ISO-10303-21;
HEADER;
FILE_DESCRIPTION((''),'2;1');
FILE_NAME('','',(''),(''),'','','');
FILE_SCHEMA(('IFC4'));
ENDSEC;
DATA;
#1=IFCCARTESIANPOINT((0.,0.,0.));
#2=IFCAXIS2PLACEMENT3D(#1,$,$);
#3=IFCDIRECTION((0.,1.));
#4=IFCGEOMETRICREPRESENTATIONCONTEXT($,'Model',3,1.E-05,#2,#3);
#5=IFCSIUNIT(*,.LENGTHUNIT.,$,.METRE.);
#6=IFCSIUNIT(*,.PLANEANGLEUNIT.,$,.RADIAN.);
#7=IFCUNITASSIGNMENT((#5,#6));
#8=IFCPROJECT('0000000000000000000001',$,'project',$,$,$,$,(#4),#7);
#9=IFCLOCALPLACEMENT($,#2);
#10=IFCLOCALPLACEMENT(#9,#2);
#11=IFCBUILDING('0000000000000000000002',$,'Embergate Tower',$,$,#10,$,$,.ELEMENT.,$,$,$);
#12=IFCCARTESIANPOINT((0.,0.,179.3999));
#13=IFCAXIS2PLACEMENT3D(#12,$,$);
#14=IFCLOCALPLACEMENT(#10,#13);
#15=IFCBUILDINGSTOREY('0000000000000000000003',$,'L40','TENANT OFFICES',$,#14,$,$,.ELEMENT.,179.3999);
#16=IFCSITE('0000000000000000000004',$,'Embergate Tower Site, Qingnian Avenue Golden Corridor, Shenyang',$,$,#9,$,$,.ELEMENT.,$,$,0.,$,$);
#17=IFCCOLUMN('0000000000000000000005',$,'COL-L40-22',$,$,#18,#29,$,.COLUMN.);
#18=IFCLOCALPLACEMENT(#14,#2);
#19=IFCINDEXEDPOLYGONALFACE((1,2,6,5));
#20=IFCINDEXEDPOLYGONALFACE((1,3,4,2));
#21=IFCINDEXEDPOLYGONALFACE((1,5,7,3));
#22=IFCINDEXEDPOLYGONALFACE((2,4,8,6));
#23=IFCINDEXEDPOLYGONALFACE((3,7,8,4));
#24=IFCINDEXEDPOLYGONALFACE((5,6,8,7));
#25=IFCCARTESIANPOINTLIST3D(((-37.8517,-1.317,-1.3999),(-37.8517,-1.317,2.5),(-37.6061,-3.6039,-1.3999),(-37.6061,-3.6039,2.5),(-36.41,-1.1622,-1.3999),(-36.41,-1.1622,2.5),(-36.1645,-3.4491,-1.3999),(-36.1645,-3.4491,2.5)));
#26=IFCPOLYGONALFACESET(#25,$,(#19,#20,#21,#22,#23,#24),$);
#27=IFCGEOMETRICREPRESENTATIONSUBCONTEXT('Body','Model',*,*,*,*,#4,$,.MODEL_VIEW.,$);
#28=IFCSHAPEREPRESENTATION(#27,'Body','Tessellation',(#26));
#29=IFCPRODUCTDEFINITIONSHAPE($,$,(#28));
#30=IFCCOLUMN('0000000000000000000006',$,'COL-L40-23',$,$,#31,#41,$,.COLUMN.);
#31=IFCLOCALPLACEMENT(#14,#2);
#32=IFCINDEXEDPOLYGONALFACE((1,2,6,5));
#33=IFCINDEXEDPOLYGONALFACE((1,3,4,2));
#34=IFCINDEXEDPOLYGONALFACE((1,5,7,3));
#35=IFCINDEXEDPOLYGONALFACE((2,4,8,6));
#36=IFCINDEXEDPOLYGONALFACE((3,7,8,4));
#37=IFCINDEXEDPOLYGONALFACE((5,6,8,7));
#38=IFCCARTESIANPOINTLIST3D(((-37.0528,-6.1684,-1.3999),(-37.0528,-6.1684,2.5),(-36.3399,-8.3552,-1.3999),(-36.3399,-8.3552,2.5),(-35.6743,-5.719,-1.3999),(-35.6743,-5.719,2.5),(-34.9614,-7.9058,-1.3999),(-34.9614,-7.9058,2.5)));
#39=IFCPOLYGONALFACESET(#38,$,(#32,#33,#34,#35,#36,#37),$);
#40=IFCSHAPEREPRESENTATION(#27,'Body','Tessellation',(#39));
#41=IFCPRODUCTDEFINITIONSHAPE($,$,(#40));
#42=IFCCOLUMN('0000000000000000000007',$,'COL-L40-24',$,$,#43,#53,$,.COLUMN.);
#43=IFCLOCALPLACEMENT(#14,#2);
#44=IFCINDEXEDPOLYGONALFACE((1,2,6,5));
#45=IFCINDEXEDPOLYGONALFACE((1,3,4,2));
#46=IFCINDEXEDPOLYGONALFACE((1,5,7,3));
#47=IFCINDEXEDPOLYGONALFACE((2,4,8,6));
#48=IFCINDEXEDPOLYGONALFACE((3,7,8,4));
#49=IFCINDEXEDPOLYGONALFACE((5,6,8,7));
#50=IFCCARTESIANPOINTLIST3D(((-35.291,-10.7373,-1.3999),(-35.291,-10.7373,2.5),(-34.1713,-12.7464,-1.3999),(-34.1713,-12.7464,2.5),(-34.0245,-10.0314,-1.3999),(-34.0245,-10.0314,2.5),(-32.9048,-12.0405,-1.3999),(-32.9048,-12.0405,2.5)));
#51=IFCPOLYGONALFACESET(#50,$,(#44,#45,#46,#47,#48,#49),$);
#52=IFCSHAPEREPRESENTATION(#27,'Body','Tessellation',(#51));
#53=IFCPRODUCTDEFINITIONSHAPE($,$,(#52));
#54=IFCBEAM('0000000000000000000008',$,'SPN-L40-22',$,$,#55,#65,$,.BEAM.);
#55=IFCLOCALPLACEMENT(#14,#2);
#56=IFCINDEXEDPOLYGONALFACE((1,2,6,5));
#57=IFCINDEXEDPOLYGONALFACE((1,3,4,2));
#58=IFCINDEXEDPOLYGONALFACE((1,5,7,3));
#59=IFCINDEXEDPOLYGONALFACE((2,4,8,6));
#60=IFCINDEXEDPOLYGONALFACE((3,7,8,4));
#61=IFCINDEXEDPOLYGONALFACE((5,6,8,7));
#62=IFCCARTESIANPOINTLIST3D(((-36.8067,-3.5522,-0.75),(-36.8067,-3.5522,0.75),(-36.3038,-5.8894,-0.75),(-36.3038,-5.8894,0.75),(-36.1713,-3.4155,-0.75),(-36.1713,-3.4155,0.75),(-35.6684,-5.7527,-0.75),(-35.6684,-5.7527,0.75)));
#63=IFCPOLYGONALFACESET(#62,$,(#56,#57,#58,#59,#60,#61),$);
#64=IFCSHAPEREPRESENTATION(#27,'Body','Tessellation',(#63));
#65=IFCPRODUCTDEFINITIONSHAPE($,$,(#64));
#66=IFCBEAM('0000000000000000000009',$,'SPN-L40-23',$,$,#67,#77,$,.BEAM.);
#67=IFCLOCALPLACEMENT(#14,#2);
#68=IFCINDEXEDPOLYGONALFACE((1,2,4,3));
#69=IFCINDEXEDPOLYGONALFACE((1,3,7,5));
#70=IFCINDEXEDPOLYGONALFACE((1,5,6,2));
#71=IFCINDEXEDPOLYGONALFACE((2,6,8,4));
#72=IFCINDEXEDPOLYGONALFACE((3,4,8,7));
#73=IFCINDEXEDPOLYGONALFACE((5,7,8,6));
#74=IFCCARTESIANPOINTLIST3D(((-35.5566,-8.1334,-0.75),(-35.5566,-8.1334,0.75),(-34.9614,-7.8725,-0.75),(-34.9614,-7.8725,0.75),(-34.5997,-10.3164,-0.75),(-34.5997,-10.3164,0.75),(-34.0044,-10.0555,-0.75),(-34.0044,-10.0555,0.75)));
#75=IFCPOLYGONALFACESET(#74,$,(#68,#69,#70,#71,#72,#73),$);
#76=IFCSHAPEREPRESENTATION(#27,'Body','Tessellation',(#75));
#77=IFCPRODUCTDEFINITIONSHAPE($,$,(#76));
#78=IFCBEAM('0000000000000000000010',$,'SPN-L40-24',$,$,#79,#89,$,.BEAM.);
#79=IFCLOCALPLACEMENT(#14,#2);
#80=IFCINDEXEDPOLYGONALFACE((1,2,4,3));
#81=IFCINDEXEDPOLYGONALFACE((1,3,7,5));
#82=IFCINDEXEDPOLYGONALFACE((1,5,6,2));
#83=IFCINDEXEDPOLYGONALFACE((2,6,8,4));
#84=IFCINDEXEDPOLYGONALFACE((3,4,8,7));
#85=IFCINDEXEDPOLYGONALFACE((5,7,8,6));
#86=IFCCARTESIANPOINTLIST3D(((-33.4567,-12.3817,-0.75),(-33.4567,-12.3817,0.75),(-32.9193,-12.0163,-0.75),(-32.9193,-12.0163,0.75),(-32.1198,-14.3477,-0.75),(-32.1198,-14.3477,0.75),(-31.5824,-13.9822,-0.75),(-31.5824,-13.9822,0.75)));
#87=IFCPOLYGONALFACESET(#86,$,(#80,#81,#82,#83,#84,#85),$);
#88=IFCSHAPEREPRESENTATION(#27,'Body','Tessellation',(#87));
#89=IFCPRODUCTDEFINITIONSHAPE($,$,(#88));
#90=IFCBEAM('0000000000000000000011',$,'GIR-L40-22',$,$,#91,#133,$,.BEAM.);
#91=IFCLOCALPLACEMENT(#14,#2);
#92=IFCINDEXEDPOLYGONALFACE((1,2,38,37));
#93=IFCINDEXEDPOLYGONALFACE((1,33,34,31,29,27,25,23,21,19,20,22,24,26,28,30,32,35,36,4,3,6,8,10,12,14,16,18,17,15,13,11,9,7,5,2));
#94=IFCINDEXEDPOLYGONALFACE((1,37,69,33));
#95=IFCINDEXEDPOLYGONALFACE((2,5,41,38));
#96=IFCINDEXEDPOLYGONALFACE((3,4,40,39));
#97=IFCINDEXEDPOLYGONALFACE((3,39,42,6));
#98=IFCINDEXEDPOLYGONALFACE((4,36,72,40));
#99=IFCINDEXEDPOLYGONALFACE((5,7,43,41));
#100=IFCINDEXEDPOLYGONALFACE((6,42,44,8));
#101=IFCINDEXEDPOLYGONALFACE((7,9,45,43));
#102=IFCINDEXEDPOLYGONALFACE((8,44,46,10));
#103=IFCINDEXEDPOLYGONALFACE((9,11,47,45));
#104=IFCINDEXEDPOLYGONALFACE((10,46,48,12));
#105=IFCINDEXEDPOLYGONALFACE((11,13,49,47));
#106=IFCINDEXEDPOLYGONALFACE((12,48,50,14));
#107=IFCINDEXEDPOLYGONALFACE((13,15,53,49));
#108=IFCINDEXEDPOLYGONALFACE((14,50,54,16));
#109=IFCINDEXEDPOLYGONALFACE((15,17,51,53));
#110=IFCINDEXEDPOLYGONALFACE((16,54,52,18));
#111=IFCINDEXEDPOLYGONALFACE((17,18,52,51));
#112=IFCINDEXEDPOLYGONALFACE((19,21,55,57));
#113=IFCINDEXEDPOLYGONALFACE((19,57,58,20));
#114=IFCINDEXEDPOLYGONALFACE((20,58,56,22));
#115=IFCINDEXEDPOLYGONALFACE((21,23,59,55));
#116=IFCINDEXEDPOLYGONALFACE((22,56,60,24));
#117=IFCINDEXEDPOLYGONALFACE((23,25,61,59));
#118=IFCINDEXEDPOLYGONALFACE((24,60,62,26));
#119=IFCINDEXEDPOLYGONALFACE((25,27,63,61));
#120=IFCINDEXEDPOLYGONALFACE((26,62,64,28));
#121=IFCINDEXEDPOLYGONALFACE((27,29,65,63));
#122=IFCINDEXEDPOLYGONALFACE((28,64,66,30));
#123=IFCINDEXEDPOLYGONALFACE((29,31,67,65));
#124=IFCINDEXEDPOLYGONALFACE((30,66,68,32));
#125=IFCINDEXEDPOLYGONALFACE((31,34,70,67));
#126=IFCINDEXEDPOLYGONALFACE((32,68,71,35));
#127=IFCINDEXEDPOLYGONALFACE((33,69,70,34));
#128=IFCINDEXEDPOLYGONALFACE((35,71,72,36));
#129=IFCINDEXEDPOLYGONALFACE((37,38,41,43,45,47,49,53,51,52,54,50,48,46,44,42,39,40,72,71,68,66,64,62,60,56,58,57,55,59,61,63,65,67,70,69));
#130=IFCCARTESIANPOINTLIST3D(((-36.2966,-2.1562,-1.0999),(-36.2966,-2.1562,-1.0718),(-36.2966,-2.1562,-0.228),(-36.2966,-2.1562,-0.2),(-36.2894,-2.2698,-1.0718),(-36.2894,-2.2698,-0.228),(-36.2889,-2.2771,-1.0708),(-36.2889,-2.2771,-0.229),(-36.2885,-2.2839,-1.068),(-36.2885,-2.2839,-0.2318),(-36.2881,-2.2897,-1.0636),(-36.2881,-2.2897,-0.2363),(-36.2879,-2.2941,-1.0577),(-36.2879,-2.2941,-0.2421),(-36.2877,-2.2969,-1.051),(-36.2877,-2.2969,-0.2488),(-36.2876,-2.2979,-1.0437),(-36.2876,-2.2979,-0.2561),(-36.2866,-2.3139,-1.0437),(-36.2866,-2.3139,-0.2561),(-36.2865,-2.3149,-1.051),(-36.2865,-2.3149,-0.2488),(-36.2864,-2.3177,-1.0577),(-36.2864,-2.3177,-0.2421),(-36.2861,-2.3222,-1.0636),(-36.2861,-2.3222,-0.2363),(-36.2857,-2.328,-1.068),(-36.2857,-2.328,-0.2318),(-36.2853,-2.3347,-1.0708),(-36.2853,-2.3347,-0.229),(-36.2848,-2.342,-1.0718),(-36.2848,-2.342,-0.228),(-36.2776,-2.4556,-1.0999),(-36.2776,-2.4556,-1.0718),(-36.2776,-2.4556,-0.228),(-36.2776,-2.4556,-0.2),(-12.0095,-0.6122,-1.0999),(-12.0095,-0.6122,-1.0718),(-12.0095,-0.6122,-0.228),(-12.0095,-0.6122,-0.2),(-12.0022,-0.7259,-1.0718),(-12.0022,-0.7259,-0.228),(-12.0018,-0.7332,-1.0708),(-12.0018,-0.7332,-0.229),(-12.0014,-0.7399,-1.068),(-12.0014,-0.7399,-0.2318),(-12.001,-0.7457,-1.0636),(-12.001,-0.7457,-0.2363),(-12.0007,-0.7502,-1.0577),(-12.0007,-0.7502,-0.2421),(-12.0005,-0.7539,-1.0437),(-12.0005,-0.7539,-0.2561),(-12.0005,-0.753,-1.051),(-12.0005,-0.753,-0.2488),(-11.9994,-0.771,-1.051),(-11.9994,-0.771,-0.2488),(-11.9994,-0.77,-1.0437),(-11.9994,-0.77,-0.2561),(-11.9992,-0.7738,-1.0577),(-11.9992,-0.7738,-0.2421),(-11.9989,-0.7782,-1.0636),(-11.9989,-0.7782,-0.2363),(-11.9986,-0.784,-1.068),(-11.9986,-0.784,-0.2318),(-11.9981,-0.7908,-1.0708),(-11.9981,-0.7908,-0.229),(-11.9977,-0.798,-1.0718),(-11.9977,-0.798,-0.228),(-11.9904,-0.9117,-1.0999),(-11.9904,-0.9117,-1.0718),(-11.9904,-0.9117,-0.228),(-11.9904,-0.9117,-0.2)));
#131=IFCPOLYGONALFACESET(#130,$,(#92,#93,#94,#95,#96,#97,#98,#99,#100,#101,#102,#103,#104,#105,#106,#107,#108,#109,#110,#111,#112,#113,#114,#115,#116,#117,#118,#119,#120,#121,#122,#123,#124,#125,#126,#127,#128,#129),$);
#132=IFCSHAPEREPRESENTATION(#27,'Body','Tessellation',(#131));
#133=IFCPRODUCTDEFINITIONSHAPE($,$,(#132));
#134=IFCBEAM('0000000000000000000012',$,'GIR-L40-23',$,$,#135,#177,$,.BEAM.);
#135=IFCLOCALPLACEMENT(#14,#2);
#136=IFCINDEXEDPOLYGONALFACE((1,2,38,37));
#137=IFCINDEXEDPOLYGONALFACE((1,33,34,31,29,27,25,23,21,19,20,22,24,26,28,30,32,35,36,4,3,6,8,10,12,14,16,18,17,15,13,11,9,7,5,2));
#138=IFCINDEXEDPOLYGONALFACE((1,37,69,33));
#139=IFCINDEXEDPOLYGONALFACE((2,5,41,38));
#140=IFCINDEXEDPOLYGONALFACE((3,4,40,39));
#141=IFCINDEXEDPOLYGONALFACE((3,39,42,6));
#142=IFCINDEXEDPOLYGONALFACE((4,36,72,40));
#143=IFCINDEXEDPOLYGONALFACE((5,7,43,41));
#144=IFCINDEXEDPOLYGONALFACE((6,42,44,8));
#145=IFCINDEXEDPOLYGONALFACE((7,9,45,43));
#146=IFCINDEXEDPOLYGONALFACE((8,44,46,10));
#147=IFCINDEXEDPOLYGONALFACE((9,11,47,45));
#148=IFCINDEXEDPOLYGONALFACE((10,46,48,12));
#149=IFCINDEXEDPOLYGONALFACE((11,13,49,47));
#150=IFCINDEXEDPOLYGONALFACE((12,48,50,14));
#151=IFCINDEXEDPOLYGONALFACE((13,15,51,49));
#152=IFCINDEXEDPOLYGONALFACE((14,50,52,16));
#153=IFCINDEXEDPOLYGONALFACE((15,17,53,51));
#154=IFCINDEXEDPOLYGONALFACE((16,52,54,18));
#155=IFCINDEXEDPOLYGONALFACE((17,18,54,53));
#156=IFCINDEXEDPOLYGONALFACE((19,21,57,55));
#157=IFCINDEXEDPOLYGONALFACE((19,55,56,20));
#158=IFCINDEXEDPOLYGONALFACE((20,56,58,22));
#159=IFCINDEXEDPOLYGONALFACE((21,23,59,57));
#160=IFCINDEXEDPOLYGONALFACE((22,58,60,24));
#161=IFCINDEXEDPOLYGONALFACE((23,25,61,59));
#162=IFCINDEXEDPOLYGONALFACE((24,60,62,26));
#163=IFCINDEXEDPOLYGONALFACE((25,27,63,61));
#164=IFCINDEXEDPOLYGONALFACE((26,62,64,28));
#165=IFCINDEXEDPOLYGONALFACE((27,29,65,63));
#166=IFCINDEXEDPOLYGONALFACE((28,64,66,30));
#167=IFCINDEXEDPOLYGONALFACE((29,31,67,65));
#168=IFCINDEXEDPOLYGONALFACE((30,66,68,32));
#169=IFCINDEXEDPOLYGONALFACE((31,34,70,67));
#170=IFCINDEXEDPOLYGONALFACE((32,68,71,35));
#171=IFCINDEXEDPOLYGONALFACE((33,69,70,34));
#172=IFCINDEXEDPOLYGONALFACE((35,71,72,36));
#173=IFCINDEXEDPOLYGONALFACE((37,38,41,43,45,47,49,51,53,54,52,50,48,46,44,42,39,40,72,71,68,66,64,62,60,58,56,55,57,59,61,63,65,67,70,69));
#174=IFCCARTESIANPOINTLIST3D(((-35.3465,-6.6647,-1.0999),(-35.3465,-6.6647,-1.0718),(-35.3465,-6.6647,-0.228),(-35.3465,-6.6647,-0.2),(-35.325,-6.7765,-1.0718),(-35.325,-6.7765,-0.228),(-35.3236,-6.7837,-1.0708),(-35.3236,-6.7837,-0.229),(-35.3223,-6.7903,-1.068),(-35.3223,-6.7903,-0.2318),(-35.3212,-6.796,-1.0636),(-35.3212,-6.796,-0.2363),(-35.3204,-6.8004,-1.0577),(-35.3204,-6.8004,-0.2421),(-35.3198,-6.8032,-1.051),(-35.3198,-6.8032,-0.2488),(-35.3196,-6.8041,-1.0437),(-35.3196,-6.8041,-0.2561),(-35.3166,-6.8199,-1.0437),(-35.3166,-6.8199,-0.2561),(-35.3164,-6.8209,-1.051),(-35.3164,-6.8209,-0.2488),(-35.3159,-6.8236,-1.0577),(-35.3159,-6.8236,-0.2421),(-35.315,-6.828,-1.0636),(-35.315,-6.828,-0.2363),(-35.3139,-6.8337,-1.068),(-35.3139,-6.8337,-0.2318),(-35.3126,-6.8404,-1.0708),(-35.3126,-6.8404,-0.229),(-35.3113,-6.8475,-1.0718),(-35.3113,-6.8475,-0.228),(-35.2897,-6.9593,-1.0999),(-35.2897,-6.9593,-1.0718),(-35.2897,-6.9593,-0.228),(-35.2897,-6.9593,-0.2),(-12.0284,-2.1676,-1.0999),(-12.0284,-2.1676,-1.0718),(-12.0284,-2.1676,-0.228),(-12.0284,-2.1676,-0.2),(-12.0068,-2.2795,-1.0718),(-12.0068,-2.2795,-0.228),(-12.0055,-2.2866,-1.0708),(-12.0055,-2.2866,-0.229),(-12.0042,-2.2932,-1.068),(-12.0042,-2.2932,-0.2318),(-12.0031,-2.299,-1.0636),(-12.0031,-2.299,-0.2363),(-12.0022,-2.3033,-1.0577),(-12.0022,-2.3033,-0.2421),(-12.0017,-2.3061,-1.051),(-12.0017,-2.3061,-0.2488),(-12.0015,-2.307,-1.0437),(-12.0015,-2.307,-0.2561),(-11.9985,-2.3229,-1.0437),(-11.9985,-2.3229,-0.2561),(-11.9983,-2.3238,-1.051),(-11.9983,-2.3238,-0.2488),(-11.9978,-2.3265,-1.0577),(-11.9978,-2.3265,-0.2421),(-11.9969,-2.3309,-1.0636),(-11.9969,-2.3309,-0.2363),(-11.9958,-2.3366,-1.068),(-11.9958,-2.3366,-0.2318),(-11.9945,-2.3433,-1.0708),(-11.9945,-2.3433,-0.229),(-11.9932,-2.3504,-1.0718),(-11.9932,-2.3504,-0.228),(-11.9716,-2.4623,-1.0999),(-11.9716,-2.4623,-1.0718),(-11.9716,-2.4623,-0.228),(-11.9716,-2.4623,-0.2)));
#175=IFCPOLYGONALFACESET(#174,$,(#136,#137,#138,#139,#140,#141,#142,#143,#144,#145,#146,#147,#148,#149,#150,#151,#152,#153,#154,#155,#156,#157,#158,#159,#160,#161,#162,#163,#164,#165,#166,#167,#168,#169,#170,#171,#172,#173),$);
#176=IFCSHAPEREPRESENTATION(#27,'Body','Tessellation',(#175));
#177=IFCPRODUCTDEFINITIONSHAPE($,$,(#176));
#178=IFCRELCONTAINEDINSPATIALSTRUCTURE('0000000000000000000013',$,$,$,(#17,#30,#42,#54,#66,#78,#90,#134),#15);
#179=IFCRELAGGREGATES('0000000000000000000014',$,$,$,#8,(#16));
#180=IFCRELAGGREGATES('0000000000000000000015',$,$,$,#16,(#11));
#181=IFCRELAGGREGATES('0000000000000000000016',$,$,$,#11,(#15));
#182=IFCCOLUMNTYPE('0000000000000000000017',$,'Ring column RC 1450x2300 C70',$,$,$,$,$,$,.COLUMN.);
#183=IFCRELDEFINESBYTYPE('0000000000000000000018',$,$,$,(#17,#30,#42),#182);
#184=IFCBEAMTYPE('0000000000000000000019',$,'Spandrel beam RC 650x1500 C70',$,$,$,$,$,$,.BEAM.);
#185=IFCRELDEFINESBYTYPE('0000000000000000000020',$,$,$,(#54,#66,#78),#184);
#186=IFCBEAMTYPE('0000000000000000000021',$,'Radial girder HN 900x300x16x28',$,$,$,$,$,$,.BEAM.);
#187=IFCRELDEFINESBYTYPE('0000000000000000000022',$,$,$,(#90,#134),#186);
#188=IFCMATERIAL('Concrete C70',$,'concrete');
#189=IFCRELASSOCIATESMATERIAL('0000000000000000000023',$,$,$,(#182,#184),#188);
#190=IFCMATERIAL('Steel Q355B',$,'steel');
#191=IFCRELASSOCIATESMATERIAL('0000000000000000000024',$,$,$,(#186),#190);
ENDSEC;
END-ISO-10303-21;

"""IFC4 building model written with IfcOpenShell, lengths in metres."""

from ifc_helpers import new_model, si_unit, direction, frame, origin, origin_2d, place, context, subcontext, project, spatial, rectangle, i_section, extrude, source, transform, mapped, material, material_profile, profile_set, type_object, element, save


model = new_model("IFC4")

# Units and contexts
model_context = context("Model", 3, precision=1e-05, world=origin(), true_north=direction((0.0, 1.0)))
body_context = subcontext(model_context, "Body", "Model", "MODEL_VIEW")
ifc_project = project(units=[si_unit("LENGTHUNIT", "METRE"), si_unit("PLANEANGLEUNIT", "RADIAN")], contexts=[model_context])

# Site, building, storey
site_placement = place(None, origin())
site = spatial("IfcSite", under=ifc_project, at=site_placement, Name="Embergate Tower Site, Qingnian Avenue Golden Corridor, Shenyang", CompositionType="ELEMENT", RefElevation=0.0)
building_placement = place(site_placement, origin())
building = spatial("IfcBuilding", under=site, at=building_placement, Name="Embergate Tower", CompositionType="ELEMENT")
storey_placement = place(building_placement, frame((0.0, 0.0, 179.3999)))
storey = spatial("IfcBuildingStorey", under=building, at=storey_placement, Name="L40", Description="TENANT OFFICES", CompositionType="ELEMENT", Elevation=179.3999)

# Columns
ifc_material_1 = material(Name="Concrete C70", Category="concrete")
ifc_material_profile_1 = material_profile(ifc_material_1, rectangle(XDim=1.45, YDim=2.3, at=origin_2d()), Name="RC 1450x2300")
ifc_profile_set_1 = profile_set([ifc_material_profile_1], Name="Concrete C70")
column_type = type_object("IfcColumnType", Name="Ring column RC 1450x2300 C70", PredefinedType="COLUMN", material=ifc_profile_set_1)
shared_shape_1 = source(origin(), body_context, "Body", "SweptSolid", [
    extrude(rectangle(XDim=1.45, YDim=2.3, at=origin_2d()), origin(), (0.0, 0.0, 1.0), 3.8999),
])
for number, where, z_axis, x_axis, name in (
    (1, (-37.0081, -2.3831, -1.3999), (0.0, 0.0, 1.0), (-0.994286, -0.10675, 0.0), "COL-L40-22"),
    (2, (-36.0071, -7.0371, -1.3999), (0.0, 0.0, 1.0), (-0.950754, -0.309946, 0.0), "COL-L40-23"),
    (3, (-34.0979, -11.3889, -1.3999), (0.0, 0.0, 1.0), (-0.873492, -0.486839, 0.0), "COL-L40-24"),
):
    element("IfcColumn", number, at=place(storey_placement, frame(where, z_axis=z_axis, x_axis=x_axis)), inside=storey, type_object=column_type, Name=name, PredefinedType="COLUMN", context=body_context, shape_type="MappedRepresentation", body=[
        mapped(shared_shape_1, transform((0.0, 0.0, 0.0))),
    ])

# Beams
ifc_material_profile_2 = material_profile(ifc_material_1, rectangle(XDim=0.6499, YDim=1.5, at=origin_2d()), Name="RC 650x1500")
ifc_profile_set_2 = profile_set([ifc_material_profile_2], Name="Concrete C70")
beam_type_1 = type_object("IfcBeamType", Name="Spandrel beam RC 650x1500 C70", PredefinedType="BEAM", material=ifc_profile_set_2)
shared_shape_2 = source(origin(), body_context, "Body", "SweptSolid", [
    extrude(rectangle(XDim=0.6499, YDim=1.5, at=origin_2d()), origin(), (0.0, 0.0, 1.0), 2.3906),
])
beam_1_placement = place(storey_placement, frame((-36.489, -3.4839, 0.0), z_axis=(0.210373, -0.977621, 0.0), x_axis=(0.977621, 0.210373, 0.0)))
element("IfcBeam", 4, at=beam_1_placement, inside=storey, type_object=beam_type_1, Name="SPN-L40-22", PredefinedType="BEAM", context=body_context, shape_type="MappedRepresentation", body=[
    mapped(shared_shape_2, transform((0.0, 0.0, 0.0))),
])
shared_shape_3 = source(origin(), body_context, "Body", "SweptSolid", [
    extrude(rectangle(XDim=0.6499, YDim=1.5, at=origin_2d()), origin(), (0.0, 0.0, 1.0), 2.3835),
])
beam_2_placement = place(storey_placement, frame((-35.259, -8.0029, 0.0), z_axis=(0.401496, -0.915861, 0.0), x_axis=(0.915861, 0.401496, 0.0)))
element("IfcBeam", 5, at=beam_2_placement, inside=storey, type_object=beam_type_1, Name="SPN-L40-23", PredefinedType="BEAM", context=body_context, shape_type="MappedRepresentation", body=[
    mapped(shared_shape_3, transform((0.0, 0.0, 0.0))),
])
shared_shape_4 = source(origin(), body_context, "Body", "SweptSolid", [
    extrude(rectangle(XDim=0.6499, YDim=1.5, at=origin_2d()), origin(), (0.0, 0.0, 1.0), 2.3774),
])
beam_3_placement = place(storey_placement, frame((-33.188, -12.199, 0.0), z_axis=(0.562307, -0.826928, 0.0), x_axis=(0.826928, 0.562307, 0.0)))
element("IfcBeam", 6, at=beam_3_placement, inside=storey, type_object=beam_type_1, Name="SPN-L40-24", PredefinedType="BEAM", context=body_context, shape_type="MappedRepresentation", body=[
    mapped(shared_shape_4, transform((0.0, 0.0, 0.0))),
])
ifc_material_2 = material(Name="Steel Q355B", Category="steel")
ifc_material_profile_3 = material_profile(ifc_material_2, i_section(OverallWidth=0.3, OverallDepth=0.8999, WebThickness=0.0161, FlangeThickness=0.0281, FilletRadius=0.0281, at=origin_2d()), Name="HN 900x300x16x28")
ifc_profile_set_3 = profile_set([ifc_material_profile_3], Name="Steel Q355 grade B")
beam_type_2 = type_object("IfcBeamType", Name="Radial girder HN 900x300x16x28", PredefinedType="BEAM", material=ifc_profile_set_3)
shared_shape_5 = source(origin(), body_context, "Body", "SweptSolid", [
    extrude(i_section(OverallWidth=0.3, OverallDepth=0.8999, WebThickness=0.0161, FlangeThickness=0.0281, FilletRadius=0.0281, at=origin_2d()), origin(), (0.0, 0.0, 1.0), 24.3362),
])
beam_4_placement = place(storey_placement, frame((-36.2871, -2.3059, -0.6499), z_axis=(0.997985, 0.063443, 0.0), x_axis=(-0.063443, 0.997985, 0.0)))
element("IfcBeam", 7, at=beam_4_placement, inside=storey, type_object=beam_type_2, Name="GIR-L40-22", PredefinedType="BEAM", context=body_context, shape_type="MappedRepresentation", body=[
    mapped(shared_shape_5, transform((0.0, 0.0, 0.0))),
])
shared_shape_6 = source(origin(), body_context, "Body", "SweptSolid", [
    extrude(i_section(OverallWidth=0.3, OverallDepth=0.8999, WebThickness=0.0161, FlangeThickness=0.0281, FilletRadius=0.0281, at=origin_2d()), origin(), (0.0, 0.0, 1.0), 23.7478),
])
beam_5_placement = place(storey_placement, frame((-35.3181, -6.812, -0.6499), z_axis=(0.981906, 0.189368, 0.0), x_axis=(-0.189368, 0.981906, 0.0)))
element("IfcBeam", 8, at=beam_5_placement, inside=storey, type_object=beam_type_2, Name="GIR-L40-23", PredefinedType="BEAM", context=body_context, shape_type="MappedRepresentation", body=[
    mapped(shared_shape_6, transform((0.0, 0.0, 0.0))),
])

save(model, "model.ifc")
